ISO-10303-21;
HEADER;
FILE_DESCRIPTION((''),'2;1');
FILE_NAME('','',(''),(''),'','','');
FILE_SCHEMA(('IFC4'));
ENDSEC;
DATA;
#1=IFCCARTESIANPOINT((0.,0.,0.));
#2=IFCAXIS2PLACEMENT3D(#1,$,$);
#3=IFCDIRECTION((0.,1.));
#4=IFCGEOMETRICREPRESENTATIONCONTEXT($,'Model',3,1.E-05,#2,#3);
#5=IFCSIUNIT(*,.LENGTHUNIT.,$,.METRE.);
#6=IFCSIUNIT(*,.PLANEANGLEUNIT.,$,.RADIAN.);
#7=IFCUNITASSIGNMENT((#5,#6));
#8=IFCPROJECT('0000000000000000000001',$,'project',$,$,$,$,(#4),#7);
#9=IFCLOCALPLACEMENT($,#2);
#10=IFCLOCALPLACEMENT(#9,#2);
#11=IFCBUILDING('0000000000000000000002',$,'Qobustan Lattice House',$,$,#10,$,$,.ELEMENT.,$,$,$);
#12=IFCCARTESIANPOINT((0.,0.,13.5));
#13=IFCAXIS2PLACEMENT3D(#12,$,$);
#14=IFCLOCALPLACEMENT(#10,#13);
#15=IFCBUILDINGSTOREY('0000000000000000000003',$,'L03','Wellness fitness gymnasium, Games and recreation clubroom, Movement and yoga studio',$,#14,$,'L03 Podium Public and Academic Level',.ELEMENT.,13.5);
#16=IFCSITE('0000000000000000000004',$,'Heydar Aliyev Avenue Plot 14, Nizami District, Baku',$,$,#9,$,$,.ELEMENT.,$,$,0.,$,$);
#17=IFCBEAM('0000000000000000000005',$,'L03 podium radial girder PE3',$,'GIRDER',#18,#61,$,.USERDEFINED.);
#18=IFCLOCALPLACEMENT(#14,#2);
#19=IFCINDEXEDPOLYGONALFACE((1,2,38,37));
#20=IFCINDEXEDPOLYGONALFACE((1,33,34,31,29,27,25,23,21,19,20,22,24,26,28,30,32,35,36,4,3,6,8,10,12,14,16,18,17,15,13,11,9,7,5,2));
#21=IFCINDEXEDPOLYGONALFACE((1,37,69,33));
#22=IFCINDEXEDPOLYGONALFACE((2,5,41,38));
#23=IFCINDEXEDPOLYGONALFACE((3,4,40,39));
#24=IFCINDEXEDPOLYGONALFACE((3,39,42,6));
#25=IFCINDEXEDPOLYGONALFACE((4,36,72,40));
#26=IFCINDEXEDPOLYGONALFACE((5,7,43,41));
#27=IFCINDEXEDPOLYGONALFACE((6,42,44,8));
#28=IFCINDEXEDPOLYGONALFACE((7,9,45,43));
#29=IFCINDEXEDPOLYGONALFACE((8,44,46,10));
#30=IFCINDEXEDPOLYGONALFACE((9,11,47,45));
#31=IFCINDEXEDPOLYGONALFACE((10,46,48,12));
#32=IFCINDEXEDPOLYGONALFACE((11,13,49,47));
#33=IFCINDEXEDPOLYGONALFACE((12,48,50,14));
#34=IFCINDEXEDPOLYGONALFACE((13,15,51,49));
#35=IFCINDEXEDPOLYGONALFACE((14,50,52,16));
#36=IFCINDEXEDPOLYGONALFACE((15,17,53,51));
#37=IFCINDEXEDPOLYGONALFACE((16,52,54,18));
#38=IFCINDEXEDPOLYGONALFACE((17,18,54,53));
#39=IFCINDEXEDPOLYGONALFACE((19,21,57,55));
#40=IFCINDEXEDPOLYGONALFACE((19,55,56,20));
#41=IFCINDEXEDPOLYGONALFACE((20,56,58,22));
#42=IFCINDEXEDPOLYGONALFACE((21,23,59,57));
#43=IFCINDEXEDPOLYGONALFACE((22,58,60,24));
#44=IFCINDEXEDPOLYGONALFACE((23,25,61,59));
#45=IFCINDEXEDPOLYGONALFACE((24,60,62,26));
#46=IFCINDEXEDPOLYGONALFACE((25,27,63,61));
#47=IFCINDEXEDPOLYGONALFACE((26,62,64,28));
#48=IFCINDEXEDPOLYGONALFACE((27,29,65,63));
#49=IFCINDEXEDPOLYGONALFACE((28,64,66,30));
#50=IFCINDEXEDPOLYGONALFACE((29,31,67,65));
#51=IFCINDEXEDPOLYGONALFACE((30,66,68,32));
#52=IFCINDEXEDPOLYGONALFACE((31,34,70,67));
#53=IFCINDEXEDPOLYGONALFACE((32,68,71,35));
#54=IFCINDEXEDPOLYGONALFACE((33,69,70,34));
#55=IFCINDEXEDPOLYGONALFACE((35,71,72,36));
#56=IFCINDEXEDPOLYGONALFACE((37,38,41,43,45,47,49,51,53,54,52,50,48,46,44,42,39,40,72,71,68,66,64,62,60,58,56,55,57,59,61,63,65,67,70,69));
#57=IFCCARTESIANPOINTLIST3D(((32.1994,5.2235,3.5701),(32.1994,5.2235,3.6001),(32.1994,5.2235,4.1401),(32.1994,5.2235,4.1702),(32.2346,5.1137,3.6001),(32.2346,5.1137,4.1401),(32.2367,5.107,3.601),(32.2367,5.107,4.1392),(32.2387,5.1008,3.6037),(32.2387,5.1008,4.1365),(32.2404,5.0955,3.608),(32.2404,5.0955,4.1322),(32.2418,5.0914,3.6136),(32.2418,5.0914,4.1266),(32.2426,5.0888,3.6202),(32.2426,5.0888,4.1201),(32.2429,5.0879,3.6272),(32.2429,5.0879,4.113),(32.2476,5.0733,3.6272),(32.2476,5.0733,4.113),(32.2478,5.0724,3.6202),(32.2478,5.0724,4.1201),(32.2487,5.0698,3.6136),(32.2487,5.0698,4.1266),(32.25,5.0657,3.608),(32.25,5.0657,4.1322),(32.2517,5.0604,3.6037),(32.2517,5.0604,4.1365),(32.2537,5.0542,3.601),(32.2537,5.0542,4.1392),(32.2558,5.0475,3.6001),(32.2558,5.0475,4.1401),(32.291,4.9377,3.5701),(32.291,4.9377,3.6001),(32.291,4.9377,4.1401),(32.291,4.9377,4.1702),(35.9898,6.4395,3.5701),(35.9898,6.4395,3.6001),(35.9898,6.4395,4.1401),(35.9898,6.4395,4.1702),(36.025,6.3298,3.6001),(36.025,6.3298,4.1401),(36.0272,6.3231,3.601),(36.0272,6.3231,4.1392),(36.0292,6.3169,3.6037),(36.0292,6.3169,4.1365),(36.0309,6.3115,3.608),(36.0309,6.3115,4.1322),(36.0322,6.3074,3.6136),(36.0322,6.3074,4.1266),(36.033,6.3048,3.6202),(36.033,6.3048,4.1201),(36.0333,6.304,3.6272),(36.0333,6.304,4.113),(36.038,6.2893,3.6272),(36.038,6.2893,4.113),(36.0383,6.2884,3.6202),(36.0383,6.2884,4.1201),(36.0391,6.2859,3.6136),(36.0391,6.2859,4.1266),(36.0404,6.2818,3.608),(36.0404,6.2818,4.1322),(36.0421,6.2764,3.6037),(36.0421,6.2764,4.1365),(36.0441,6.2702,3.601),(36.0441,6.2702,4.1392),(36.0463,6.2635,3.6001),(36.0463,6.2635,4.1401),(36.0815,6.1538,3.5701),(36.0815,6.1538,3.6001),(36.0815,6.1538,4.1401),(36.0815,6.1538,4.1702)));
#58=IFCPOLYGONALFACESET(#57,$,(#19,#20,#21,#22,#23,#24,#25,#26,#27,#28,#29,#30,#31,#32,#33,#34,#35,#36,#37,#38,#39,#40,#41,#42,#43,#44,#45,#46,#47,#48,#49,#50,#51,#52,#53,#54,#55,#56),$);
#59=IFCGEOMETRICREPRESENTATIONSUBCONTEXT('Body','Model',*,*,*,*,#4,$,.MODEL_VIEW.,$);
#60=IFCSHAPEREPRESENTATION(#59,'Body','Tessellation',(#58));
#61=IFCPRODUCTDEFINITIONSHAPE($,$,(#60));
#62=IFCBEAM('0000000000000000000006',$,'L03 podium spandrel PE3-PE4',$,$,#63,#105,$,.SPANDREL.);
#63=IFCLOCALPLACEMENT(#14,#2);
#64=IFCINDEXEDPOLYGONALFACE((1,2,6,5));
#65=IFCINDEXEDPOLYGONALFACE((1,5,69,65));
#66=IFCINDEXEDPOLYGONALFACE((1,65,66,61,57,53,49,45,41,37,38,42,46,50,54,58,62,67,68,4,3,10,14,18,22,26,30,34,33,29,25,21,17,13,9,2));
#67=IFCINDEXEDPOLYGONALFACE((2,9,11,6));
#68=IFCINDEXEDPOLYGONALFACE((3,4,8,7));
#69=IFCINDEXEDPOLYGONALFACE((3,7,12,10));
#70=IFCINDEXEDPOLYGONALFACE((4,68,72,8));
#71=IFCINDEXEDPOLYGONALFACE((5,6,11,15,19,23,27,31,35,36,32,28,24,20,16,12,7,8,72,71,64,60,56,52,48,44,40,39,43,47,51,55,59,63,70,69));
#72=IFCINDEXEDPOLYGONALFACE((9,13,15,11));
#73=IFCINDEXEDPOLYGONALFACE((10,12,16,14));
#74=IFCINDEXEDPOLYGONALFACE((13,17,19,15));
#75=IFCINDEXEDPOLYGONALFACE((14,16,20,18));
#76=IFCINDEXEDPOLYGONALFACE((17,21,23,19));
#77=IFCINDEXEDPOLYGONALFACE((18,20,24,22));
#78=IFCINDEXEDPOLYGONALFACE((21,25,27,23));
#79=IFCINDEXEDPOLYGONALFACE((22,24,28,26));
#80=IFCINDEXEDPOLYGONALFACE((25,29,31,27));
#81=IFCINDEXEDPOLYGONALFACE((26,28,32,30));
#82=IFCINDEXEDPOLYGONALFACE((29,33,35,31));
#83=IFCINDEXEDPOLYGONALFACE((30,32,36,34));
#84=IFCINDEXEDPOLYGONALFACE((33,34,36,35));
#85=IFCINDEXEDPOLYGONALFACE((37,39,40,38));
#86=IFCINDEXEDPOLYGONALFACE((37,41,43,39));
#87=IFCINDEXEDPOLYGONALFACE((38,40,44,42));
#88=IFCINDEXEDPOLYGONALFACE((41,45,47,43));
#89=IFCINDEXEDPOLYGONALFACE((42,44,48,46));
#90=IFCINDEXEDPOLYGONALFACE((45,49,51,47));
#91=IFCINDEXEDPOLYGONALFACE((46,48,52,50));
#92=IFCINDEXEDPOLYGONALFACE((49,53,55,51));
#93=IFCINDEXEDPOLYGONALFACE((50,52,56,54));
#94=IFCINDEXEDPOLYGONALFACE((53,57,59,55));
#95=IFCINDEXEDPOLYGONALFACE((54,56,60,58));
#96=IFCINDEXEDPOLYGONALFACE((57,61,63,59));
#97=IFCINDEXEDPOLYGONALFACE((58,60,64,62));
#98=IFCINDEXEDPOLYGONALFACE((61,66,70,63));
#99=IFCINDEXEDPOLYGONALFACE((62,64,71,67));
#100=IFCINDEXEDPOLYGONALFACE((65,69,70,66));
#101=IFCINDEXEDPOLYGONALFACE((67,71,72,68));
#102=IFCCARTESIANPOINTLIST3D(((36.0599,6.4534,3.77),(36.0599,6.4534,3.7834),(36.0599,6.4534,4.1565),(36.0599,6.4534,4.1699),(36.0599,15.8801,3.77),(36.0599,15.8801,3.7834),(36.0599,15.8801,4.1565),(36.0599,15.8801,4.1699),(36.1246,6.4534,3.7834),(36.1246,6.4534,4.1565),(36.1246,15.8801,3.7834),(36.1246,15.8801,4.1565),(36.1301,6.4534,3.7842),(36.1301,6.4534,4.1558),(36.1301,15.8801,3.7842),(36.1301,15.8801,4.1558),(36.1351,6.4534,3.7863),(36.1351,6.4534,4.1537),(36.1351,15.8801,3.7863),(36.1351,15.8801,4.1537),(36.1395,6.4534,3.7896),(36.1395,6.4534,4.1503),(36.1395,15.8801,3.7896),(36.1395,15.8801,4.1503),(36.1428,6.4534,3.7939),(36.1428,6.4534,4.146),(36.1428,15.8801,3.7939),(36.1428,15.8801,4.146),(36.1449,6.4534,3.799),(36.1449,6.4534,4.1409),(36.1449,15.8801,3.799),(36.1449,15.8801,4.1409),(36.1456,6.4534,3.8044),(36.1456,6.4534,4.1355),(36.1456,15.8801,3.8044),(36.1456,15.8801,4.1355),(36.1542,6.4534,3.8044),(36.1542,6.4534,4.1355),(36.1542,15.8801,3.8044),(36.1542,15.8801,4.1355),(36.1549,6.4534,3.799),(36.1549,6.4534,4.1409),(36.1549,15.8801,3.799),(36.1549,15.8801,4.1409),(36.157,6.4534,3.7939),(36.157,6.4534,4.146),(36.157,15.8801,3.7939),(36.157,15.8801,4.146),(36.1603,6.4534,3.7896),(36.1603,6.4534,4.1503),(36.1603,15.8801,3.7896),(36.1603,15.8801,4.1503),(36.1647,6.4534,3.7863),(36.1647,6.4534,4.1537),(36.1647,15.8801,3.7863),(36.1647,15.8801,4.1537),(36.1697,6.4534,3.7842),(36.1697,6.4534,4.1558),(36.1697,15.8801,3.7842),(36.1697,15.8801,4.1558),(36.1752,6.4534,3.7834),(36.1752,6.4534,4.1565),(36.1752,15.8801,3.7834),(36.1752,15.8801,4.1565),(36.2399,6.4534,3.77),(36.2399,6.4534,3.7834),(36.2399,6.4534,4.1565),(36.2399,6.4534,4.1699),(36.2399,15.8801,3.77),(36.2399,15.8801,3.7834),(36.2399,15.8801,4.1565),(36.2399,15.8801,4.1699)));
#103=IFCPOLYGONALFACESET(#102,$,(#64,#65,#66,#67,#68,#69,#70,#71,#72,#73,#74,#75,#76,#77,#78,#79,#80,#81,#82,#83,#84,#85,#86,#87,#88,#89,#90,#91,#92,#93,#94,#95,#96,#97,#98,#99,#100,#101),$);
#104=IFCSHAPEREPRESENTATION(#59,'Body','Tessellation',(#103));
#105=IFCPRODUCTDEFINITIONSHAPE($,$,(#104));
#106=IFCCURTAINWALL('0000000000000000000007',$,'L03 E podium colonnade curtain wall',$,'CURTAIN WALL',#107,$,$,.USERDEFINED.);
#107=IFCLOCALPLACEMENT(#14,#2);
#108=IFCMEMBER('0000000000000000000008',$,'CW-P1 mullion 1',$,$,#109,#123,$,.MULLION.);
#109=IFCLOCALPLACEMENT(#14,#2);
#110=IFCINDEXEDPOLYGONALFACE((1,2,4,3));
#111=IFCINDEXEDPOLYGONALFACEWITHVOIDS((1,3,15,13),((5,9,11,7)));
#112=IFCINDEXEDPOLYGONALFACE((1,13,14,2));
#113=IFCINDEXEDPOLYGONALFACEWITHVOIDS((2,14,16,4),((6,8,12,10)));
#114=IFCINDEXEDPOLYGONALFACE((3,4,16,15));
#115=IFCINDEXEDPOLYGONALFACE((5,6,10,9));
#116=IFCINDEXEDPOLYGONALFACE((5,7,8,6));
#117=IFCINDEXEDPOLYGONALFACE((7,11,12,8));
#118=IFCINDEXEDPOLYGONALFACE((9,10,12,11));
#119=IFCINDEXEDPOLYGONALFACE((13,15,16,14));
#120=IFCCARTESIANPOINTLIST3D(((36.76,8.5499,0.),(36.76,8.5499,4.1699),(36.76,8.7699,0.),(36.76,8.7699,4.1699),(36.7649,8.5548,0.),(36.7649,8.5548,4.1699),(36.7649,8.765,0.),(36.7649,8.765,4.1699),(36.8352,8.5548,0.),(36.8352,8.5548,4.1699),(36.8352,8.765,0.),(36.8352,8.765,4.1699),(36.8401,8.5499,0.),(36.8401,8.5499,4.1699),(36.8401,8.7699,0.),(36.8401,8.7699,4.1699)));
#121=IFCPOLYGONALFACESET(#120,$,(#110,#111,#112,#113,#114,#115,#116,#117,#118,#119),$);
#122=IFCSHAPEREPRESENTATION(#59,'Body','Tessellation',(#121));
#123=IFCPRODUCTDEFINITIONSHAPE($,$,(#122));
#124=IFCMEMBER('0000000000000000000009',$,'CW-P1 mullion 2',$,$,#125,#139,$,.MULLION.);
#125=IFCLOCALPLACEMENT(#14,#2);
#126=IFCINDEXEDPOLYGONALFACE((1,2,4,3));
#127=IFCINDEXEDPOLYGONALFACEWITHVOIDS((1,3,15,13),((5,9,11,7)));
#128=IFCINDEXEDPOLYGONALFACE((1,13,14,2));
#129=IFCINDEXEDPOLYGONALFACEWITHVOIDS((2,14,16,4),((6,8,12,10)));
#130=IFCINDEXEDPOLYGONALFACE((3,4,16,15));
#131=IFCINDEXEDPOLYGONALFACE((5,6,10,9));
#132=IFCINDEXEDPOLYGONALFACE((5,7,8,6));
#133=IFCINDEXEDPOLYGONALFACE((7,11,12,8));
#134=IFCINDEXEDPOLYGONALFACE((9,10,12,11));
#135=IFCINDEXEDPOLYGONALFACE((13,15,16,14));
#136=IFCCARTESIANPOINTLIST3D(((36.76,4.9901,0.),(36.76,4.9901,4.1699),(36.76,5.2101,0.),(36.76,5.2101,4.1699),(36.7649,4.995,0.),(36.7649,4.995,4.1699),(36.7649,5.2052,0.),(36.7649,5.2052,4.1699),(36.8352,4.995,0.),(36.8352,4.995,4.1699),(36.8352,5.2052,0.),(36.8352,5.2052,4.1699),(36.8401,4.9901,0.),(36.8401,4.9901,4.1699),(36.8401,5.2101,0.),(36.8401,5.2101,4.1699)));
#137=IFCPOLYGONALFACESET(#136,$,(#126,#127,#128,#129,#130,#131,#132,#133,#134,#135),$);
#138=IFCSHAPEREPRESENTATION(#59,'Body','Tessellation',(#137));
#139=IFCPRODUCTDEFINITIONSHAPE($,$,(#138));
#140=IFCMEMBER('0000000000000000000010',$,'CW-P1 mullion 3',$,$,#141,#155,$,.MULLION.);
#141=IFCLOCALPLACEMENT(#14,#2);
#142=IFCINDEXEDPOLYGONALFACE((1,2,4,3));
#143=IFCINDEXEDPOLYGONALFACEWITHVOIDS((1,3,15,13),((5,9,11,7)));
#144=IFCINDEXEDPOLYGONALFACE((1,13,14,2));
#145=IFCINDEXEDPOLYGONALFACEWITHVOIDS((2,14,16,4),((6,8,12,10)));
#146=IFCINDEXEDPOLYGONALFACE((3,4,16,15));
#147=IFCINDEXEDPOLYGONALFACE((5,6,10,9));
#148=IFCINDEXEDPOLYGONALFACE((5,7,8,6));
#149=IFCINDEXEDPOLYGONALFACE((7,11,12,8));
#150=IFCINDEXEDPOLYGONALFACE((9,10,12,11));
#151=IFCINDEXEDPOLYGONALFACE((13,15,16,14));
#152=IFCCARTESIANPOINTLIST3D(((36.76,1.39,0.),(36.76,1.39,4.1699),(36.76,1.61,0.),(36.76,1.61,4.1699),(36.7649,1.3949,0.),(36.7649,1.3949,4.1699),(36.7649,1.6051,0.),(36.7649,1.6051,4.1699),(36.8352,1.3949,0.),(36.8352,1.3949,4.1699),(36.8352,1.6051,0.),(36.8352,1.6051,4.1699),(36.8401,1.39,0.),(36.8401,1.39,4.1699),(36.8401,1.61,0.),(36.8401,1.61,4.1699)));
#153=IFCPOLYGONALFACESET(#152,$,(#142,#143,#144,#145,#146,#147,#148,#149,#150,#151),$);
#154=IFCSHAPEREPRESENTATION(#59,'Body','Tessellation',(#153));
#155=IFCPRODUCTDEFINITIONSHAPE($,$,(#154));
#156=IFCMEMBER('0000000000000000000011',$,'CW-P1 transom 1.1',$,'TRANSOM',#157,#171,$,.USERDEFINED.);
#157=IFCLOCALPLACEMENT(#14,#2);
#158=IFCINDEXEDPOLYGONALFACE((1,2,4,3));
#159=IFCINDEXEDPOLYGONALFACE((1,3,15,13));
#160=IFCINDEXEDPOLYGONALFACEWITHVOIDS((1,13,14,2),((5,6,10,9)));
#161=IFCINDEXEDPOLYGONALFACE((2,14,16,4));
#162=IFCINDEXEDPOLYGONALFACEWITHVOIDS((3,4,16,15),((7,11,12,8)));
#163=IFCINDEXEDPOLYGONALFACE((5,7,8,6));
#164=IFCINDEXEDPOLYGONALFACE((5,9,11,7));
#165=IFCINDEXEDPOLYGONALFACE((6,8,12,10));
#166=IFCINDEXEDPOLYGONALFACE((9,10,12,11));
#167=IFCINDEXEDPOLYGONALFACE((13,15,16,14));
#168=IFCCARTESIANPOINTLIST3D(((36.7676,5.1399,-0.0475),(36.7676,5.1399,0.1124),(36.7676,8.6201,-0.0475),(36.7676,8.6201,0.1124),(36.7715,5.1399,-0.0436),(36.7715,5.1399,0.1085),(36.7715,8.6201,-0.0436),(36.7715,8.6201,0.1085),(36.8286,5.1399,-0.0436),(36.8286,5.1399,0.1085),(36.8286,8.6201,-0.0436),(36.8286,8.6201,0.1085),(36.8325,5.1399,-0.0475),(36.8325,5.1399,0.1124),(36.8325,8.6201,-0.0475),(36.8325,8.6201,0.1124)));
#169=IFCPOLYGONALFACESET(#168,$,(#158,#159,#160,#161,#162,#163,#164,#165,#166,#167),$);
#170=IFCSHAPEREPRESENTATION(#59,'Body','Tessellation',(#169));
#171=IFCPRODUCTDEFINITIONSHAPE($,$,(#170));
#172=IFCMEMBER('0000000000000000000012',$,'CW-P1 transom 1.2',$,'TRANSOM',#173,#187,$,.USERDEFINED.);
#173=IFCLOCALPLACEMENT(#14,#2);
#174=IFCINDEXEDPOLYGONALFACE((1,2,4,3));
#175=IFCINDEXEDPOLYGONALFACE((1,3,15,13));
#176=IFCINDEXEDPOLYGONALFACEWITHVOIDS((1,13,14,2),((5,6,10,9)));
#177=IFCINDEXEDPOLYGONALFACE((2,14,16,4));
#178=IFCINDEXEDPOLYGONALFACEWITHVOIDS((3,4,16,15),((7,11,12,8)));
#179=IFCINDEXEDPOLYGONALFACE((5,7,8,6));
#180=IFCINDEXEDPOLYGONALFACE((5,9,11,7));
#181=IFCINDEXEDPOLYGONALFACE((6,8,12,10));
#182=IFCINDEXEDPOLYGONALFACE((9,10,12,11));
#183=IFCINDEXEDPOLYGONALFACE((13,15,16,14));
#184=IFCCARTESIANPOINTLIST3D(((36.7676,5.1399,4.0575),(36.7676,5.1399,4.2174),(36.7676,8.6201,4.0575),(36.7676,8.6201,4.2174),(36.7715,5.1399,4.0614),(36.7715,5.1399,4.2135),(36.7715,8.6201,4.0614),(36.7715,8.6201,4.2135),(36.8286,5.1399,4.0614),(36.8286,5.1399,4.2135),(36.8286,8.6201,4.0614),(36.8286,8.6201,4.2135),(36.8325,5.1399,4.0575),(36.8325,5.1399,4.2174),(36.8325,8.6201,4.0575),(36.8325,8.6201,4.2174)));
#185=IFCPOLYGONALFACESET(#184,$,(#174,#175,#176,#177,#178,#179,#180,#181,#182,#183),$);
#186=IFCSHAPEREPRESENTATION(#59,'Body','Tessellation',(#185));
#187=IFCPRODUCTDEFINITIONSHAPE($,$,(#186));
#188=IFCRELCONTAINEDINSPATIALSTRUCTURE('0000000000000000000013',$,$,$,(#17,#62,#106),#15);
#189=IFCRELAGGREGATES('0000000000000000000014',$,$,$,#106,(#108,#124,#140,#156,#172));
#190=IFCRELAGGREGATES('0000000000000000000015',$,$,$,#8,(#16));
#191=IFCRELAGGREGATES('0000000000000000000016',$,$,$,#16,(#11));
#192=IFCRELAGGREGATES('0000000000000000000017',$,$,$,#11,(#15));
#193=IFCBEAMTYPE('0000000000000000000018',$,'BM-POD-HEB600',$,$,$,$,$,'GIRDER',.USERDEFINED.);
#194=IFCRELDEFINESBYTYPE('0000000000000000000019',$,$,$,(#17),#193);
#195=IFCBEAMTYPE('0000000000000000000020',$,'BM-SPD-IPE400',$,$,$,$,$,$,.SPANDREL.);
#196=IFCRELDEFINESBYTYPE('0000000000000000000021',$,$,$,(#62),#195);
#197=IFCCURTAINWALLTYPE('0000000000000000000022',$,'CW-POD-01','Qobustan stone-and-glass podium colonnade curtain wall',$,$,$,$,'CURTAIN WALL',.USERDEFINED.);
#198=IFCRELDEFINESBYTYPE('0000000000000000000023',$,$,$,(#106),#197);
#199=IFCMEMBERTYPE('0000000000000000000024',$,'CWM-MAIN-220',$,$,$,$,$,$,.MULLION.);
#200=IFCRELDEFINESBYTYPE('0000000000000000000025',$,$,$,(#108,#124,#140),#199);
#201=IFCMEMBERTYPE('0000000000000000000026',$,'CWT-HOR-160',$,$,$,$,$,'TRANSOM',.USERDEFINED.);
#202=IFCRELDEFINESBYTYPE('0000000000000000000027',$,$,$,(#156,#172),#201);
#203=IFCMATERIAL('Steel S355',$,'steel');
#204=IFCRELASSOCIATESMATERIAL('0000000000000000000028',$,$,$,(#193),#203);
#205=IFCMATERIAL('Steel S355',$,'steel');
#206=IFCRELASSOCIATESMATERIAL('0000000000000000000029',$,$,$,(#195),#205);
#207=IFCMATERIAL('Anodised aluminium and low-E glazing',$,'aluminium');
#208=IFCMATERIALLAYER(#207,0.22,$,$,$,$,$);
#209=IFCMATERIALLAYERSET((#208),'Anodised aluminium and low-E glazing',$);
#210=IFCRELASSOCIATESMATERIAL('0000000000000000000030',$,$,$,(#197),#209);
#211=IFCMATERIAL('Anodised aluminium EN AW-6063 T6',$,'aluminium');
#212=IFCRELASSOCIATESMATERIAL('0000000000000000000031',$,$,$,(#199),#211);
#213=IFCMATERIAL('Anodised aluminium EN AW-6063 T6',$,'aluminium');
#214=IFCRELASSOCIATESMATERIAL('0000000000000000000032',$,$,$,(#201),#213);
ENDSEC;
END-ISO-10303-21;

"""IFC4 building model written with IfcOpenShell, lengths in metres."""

from ifc_helpers import new_model, si_unit, direction, frame, origin, origin_2d, place, context, subcontext, project, spatial, hollow_rectangle, i_section, extrude, material, layer, layer_set, material_profile, profile_set, type_object, element, aggregate, save


model = new_model("IFC4")

# Units and contexts
model_context = context("Model", 3, precision=1e-05, world=origin(), true_north=direction((0.0, 1.0)))
body_context = subcontext(model_context, "Body", "Model", "MODEL_VIEW")
ifc_project = project(units=[si_unit("LENGTHUNIT", "METRE"), si_unit("PLANEANGLEUNIT", "RADIAN")], contexts=[model_context])

# Site, building, storey
site_placement = place(None, origin())
site = spatial("IfcSite", under=ifc_project, at=site_placement, Name="Heydar Aliyev Avenue Plot 14, Nizami District, Baku", CompositionType="ELEMENT", RefElevation=0.0)
building_placement = place(site_placement, origin())
building = spatial("IfcBuilding", under=site, at=building_placement, Name="Qobustan Lattice House", CompositionType="ELEMENT")
storey_placement = place(building_placement, frame((0.0, 0.0, 13.5)))
storey = spatial("IfcBuildingStorey", under=building, at=storey_placement, Name="L03", Description="Wellness fitness gymnasium, Games and recreation clubroom, Movement and yoga studio", LongName="L03 Podium Public and Academic Level", CompositionType="ELEMENT", Elevation=13.5)

# Beams
ifc_material_1 = material(Name="Steel S355", Category="steel")
ifc_material_profile_1 = material_profile(ifc_material_1, i_section(OverallWidth=0.3, OverallDepth=0.6001, WebThickness=0.0154, FlangeThickness=0.03, FilletRadius=0.0271, at=origin_2d()), Name="HEB600")
ifc_profile_set_1 = profile_set([ifc_material_profile_1], Name="Steel S355")
beam_type_1 = type_object("IfcBeamType", Name="BM-POD-HEB600", ElementType="GIRDER", PredefinedType="USERDEFINED", material=ifc_profile_set_1)
beam_1_placement = place(storey_placement, frame((36.0356, 6.2966, 3.8701), z_axis=(-0.952198, -0.305481, 0.0), x_axis=(0.305481, -0.952198, 0.0)))
element("IfcBeam", 1, at=beam_1_placement, inside=storey, type_object=beam_type_1, Name="L03 podium radial girder PE3", ObjectType="GIRDER", PredefinedType="USERDEFINED", context=body_context, shape_type="SweptSolid", body=[
    extrude(i_section(OverallWidth=0.3, OverallDepth=0.6001, WebThickness=0.0154, FlangeThickness=0.03, FilletRadius=0.0271, at=origin_2d()), origin(), (0.0, 0.0, 1.0), 3.9807),
])
ifc_material_2 = material(Name="Steel S355", Category="steel")
ifc_material_profile_2 = material_profile(ifc_material_2, i_section(OverallWidth=0.1799, OverallDepth=0.3999, WebThickness=0.0085, FlangeThickness=0.0134, FilletRadius=0.021, at=origin_2d()), Name="IPE400")
ifc_profile_set_2 = profile_set([ifc_material_profile_2], Name="Steel S355")
beam_type_2 = type_object("IfcBeamType", Name="BM-SPD-IPE400", PredefinedType="SPANDREL", material=ifc_profile_set_2)
beam_2_placement = place(storey_placement, frame((36.1499, 6.4534, 3.97), z_axis=(0.0, 1.0, 0.0), x_axis=(-1.0, 0.0, 0.0)))
element("IfcBeam", 2, at=beam_2_placement, inside=storey, type_object=beam_type_2, Name="L03 podium spandrel PE3-PE4", PredefinedType="SPANDREL", context=body_context, shape_type="SweptSolid", body=[
    extrude(i_section(OverallWidth=0.1799, OverallDepth=0.3999, WebThickness=0.0085, FlangeThickness=0.0134, FilletRadius=0.021, at=origin_2d()), origin(), (0.0, 0.0, 1.0), 9.4268),
])

# Curtain wall, members
ifc_material_3 = material(Name="Anodised aluminium and low-E glazing", Category="aluminium")
ifc_layer_1 = layer(ifc_material_3, 0.22)
ifc_layer_set_1 = layer_set([ifc_layer_1], Name="Anodised aluminium and low-E glazing")
curtain_wall_type = type_object("IfcCurtainWallType", Name="CW-POD-01", Description="Qobustan stone-and-glass podium colonnade curtain wall", ElementType="CURTAIN WALL", PredefinedType="USERDEFINED", material=ifc_layer_set_1)
curtain_wall_placement = place(storey_placement, origin())
curtain_wall = element("IfcCurtainWall", 3, at=curtain_wall_placement, inside=storey, type_object=curtain_wall_type, Name="L03 E podium colonnade curtain wall", ObjectType="CURTAIN WALL", PredefinedType="USERDEFINED")
ifc_material_4 = material(Name="Anodised aluminium EN AW-6063 T6", Category="aluminium")
ifc_material_profile_3 = material_profile(ifc_material_4, hollow_rectangle(XDim=0.0801, YDim=0.22, WallThickness=0.0049, at=origin_2d()), Name="CWM-220x80")
ifc_profile_set_3 = profile_set([ifc_material_profile_3], Name="Anodised aluminium EN AW-6063 T6")
member_type_1 = type_object("IfcMemberType", Name="CWM-MAIN-220", PredefinedType="MULLION", material=ifc_profile_set_3)
member_1_placement = place(storey_placement, frame((36.8, 8.6599, 0.0), z_axis=(0.0, 0.0, 1.0), x_axis=(1.0, 0.0, 0.0)))
member_1 = element("IfcMember", 4, at=member_1_placement, type_object=member_type_1, Name="CW-P1 mullion 1", PredefinedType="MULLION", context=body_context, shape_type="SweptSolid", body=[
    extrude(hollow_rectangle(XDim=0.0801, YDim=0.22, WallThickness=0.0049, at=origin_2d()), origin(), (0.0, 0.0, 1.0), 4.1699),
])
member_2_placement = place(storey_placement, frame((36.8, 5.1001, 0.0), z_axis=(0.0, 0.0, 1.0), x_axis=(1.0, 0.0, 0.0)))
member_2 = element("IfcMember", 5, at=member_2_placement, type_object=member_type_1, Name="CW-P1 mullion 2", PredefinedType="MULLION", context=body_context, shape_type="SweptSolid", body=[
    extrude(hollow_rectangle(XDim=0.0801, YDim=0.22, WallThickness=0.0049, at=origin_2d()), origin(), (0.0, 0.0, 1.0), 4.1699),
])
member_3_placement = place(storey_placement, frame((36.8, 1.5, 0.0), z_axis=(0.0, 0.0, 1.0), x_axis=(1.0, 0.0, 0.0)))
member_3 = element("IfcMember", 6, at=member_3_placement, type_object=member_type_1, Name="CW-P1 mullion 3", PredefinedType="MULLION", context=body_context, shape_type="SweptSolid", body=[
    extrude(hollow_rectangle(XDim=0.0801, YDim=0.22, WallThickness=0.0049, at=origin_2d()), origin(), (0.0, 0.0, 1.0), 4.1699),
])
ifc_material_5 = material(Name="Anodised aluminium EN AW-6063 T6", Category="aluminium")
ifc_material_profile_4 = material_profile(ifc_material_5, hollow_rectangle(XDim=0.0649, YDim=0.1599, WallThickness=0.0039, at=origin_2d()), Name="CWT-160x65")
ifc_profile_set_4 = profile_set([ifc_material_profile_4], Name="Anodised aluminium EN AW-6063 T6")
member_type_2 = type_object("IfcMemberType", Name="CWT-HOR-160", ElementType="TRANSOM", PredefinedType="USERDEFINED", material=ifc_profile_set_4)
member_4_placement = place(storey_placement, frame((36.8, 8.6201, 0.0325), z_axis=(0.0, -1.0, 0.0), x_axis=(1.0, 0.0, 0.0)))
member_4 = element("IfcMember", 7, at=member_4_placement, type_object=member_type_2, Name="CW-P1 transom 1.1", ObjectType="TRANSOM", PredefinedType="USERDEFINED", context=body_context, shape_type="SweptSolid", body=[
    extrude(hollow_rectangle(XDim=0.0649, YDim=0.1599, WallThickness=0.0039, at=origin_2d()), origin(), (0.0, 0.0, 1.0), 3.4802),
])
member_5_placement = place(storey_placement, frame((36.8, 8.6201, 4.1375), z_axis=(0.0, -1.0, 0.0), x_axis=(1.0, 0.0, 0.0)))
member_5 = element("IfcMember", 8, at=member_5_placement, type_object=member_type_2, Name="CW-P1 transom 1.2", ObjectType="TRANSOM", PredefinedType="USERDEFINED", context=body_context, shape_type="SweptSolid", body=[
    extrude(hollow_rectangle(XDim=0.0649, YDim=0.1599, WallThickness=0.0039, at=origin_2d()), origin(), (0.0, 0.0, 1.0), 3.4802),
])
aggregate(curtain_wall, [member_1, member_2, member_3, member_4, member_5])

save(model, "model.ifc")
